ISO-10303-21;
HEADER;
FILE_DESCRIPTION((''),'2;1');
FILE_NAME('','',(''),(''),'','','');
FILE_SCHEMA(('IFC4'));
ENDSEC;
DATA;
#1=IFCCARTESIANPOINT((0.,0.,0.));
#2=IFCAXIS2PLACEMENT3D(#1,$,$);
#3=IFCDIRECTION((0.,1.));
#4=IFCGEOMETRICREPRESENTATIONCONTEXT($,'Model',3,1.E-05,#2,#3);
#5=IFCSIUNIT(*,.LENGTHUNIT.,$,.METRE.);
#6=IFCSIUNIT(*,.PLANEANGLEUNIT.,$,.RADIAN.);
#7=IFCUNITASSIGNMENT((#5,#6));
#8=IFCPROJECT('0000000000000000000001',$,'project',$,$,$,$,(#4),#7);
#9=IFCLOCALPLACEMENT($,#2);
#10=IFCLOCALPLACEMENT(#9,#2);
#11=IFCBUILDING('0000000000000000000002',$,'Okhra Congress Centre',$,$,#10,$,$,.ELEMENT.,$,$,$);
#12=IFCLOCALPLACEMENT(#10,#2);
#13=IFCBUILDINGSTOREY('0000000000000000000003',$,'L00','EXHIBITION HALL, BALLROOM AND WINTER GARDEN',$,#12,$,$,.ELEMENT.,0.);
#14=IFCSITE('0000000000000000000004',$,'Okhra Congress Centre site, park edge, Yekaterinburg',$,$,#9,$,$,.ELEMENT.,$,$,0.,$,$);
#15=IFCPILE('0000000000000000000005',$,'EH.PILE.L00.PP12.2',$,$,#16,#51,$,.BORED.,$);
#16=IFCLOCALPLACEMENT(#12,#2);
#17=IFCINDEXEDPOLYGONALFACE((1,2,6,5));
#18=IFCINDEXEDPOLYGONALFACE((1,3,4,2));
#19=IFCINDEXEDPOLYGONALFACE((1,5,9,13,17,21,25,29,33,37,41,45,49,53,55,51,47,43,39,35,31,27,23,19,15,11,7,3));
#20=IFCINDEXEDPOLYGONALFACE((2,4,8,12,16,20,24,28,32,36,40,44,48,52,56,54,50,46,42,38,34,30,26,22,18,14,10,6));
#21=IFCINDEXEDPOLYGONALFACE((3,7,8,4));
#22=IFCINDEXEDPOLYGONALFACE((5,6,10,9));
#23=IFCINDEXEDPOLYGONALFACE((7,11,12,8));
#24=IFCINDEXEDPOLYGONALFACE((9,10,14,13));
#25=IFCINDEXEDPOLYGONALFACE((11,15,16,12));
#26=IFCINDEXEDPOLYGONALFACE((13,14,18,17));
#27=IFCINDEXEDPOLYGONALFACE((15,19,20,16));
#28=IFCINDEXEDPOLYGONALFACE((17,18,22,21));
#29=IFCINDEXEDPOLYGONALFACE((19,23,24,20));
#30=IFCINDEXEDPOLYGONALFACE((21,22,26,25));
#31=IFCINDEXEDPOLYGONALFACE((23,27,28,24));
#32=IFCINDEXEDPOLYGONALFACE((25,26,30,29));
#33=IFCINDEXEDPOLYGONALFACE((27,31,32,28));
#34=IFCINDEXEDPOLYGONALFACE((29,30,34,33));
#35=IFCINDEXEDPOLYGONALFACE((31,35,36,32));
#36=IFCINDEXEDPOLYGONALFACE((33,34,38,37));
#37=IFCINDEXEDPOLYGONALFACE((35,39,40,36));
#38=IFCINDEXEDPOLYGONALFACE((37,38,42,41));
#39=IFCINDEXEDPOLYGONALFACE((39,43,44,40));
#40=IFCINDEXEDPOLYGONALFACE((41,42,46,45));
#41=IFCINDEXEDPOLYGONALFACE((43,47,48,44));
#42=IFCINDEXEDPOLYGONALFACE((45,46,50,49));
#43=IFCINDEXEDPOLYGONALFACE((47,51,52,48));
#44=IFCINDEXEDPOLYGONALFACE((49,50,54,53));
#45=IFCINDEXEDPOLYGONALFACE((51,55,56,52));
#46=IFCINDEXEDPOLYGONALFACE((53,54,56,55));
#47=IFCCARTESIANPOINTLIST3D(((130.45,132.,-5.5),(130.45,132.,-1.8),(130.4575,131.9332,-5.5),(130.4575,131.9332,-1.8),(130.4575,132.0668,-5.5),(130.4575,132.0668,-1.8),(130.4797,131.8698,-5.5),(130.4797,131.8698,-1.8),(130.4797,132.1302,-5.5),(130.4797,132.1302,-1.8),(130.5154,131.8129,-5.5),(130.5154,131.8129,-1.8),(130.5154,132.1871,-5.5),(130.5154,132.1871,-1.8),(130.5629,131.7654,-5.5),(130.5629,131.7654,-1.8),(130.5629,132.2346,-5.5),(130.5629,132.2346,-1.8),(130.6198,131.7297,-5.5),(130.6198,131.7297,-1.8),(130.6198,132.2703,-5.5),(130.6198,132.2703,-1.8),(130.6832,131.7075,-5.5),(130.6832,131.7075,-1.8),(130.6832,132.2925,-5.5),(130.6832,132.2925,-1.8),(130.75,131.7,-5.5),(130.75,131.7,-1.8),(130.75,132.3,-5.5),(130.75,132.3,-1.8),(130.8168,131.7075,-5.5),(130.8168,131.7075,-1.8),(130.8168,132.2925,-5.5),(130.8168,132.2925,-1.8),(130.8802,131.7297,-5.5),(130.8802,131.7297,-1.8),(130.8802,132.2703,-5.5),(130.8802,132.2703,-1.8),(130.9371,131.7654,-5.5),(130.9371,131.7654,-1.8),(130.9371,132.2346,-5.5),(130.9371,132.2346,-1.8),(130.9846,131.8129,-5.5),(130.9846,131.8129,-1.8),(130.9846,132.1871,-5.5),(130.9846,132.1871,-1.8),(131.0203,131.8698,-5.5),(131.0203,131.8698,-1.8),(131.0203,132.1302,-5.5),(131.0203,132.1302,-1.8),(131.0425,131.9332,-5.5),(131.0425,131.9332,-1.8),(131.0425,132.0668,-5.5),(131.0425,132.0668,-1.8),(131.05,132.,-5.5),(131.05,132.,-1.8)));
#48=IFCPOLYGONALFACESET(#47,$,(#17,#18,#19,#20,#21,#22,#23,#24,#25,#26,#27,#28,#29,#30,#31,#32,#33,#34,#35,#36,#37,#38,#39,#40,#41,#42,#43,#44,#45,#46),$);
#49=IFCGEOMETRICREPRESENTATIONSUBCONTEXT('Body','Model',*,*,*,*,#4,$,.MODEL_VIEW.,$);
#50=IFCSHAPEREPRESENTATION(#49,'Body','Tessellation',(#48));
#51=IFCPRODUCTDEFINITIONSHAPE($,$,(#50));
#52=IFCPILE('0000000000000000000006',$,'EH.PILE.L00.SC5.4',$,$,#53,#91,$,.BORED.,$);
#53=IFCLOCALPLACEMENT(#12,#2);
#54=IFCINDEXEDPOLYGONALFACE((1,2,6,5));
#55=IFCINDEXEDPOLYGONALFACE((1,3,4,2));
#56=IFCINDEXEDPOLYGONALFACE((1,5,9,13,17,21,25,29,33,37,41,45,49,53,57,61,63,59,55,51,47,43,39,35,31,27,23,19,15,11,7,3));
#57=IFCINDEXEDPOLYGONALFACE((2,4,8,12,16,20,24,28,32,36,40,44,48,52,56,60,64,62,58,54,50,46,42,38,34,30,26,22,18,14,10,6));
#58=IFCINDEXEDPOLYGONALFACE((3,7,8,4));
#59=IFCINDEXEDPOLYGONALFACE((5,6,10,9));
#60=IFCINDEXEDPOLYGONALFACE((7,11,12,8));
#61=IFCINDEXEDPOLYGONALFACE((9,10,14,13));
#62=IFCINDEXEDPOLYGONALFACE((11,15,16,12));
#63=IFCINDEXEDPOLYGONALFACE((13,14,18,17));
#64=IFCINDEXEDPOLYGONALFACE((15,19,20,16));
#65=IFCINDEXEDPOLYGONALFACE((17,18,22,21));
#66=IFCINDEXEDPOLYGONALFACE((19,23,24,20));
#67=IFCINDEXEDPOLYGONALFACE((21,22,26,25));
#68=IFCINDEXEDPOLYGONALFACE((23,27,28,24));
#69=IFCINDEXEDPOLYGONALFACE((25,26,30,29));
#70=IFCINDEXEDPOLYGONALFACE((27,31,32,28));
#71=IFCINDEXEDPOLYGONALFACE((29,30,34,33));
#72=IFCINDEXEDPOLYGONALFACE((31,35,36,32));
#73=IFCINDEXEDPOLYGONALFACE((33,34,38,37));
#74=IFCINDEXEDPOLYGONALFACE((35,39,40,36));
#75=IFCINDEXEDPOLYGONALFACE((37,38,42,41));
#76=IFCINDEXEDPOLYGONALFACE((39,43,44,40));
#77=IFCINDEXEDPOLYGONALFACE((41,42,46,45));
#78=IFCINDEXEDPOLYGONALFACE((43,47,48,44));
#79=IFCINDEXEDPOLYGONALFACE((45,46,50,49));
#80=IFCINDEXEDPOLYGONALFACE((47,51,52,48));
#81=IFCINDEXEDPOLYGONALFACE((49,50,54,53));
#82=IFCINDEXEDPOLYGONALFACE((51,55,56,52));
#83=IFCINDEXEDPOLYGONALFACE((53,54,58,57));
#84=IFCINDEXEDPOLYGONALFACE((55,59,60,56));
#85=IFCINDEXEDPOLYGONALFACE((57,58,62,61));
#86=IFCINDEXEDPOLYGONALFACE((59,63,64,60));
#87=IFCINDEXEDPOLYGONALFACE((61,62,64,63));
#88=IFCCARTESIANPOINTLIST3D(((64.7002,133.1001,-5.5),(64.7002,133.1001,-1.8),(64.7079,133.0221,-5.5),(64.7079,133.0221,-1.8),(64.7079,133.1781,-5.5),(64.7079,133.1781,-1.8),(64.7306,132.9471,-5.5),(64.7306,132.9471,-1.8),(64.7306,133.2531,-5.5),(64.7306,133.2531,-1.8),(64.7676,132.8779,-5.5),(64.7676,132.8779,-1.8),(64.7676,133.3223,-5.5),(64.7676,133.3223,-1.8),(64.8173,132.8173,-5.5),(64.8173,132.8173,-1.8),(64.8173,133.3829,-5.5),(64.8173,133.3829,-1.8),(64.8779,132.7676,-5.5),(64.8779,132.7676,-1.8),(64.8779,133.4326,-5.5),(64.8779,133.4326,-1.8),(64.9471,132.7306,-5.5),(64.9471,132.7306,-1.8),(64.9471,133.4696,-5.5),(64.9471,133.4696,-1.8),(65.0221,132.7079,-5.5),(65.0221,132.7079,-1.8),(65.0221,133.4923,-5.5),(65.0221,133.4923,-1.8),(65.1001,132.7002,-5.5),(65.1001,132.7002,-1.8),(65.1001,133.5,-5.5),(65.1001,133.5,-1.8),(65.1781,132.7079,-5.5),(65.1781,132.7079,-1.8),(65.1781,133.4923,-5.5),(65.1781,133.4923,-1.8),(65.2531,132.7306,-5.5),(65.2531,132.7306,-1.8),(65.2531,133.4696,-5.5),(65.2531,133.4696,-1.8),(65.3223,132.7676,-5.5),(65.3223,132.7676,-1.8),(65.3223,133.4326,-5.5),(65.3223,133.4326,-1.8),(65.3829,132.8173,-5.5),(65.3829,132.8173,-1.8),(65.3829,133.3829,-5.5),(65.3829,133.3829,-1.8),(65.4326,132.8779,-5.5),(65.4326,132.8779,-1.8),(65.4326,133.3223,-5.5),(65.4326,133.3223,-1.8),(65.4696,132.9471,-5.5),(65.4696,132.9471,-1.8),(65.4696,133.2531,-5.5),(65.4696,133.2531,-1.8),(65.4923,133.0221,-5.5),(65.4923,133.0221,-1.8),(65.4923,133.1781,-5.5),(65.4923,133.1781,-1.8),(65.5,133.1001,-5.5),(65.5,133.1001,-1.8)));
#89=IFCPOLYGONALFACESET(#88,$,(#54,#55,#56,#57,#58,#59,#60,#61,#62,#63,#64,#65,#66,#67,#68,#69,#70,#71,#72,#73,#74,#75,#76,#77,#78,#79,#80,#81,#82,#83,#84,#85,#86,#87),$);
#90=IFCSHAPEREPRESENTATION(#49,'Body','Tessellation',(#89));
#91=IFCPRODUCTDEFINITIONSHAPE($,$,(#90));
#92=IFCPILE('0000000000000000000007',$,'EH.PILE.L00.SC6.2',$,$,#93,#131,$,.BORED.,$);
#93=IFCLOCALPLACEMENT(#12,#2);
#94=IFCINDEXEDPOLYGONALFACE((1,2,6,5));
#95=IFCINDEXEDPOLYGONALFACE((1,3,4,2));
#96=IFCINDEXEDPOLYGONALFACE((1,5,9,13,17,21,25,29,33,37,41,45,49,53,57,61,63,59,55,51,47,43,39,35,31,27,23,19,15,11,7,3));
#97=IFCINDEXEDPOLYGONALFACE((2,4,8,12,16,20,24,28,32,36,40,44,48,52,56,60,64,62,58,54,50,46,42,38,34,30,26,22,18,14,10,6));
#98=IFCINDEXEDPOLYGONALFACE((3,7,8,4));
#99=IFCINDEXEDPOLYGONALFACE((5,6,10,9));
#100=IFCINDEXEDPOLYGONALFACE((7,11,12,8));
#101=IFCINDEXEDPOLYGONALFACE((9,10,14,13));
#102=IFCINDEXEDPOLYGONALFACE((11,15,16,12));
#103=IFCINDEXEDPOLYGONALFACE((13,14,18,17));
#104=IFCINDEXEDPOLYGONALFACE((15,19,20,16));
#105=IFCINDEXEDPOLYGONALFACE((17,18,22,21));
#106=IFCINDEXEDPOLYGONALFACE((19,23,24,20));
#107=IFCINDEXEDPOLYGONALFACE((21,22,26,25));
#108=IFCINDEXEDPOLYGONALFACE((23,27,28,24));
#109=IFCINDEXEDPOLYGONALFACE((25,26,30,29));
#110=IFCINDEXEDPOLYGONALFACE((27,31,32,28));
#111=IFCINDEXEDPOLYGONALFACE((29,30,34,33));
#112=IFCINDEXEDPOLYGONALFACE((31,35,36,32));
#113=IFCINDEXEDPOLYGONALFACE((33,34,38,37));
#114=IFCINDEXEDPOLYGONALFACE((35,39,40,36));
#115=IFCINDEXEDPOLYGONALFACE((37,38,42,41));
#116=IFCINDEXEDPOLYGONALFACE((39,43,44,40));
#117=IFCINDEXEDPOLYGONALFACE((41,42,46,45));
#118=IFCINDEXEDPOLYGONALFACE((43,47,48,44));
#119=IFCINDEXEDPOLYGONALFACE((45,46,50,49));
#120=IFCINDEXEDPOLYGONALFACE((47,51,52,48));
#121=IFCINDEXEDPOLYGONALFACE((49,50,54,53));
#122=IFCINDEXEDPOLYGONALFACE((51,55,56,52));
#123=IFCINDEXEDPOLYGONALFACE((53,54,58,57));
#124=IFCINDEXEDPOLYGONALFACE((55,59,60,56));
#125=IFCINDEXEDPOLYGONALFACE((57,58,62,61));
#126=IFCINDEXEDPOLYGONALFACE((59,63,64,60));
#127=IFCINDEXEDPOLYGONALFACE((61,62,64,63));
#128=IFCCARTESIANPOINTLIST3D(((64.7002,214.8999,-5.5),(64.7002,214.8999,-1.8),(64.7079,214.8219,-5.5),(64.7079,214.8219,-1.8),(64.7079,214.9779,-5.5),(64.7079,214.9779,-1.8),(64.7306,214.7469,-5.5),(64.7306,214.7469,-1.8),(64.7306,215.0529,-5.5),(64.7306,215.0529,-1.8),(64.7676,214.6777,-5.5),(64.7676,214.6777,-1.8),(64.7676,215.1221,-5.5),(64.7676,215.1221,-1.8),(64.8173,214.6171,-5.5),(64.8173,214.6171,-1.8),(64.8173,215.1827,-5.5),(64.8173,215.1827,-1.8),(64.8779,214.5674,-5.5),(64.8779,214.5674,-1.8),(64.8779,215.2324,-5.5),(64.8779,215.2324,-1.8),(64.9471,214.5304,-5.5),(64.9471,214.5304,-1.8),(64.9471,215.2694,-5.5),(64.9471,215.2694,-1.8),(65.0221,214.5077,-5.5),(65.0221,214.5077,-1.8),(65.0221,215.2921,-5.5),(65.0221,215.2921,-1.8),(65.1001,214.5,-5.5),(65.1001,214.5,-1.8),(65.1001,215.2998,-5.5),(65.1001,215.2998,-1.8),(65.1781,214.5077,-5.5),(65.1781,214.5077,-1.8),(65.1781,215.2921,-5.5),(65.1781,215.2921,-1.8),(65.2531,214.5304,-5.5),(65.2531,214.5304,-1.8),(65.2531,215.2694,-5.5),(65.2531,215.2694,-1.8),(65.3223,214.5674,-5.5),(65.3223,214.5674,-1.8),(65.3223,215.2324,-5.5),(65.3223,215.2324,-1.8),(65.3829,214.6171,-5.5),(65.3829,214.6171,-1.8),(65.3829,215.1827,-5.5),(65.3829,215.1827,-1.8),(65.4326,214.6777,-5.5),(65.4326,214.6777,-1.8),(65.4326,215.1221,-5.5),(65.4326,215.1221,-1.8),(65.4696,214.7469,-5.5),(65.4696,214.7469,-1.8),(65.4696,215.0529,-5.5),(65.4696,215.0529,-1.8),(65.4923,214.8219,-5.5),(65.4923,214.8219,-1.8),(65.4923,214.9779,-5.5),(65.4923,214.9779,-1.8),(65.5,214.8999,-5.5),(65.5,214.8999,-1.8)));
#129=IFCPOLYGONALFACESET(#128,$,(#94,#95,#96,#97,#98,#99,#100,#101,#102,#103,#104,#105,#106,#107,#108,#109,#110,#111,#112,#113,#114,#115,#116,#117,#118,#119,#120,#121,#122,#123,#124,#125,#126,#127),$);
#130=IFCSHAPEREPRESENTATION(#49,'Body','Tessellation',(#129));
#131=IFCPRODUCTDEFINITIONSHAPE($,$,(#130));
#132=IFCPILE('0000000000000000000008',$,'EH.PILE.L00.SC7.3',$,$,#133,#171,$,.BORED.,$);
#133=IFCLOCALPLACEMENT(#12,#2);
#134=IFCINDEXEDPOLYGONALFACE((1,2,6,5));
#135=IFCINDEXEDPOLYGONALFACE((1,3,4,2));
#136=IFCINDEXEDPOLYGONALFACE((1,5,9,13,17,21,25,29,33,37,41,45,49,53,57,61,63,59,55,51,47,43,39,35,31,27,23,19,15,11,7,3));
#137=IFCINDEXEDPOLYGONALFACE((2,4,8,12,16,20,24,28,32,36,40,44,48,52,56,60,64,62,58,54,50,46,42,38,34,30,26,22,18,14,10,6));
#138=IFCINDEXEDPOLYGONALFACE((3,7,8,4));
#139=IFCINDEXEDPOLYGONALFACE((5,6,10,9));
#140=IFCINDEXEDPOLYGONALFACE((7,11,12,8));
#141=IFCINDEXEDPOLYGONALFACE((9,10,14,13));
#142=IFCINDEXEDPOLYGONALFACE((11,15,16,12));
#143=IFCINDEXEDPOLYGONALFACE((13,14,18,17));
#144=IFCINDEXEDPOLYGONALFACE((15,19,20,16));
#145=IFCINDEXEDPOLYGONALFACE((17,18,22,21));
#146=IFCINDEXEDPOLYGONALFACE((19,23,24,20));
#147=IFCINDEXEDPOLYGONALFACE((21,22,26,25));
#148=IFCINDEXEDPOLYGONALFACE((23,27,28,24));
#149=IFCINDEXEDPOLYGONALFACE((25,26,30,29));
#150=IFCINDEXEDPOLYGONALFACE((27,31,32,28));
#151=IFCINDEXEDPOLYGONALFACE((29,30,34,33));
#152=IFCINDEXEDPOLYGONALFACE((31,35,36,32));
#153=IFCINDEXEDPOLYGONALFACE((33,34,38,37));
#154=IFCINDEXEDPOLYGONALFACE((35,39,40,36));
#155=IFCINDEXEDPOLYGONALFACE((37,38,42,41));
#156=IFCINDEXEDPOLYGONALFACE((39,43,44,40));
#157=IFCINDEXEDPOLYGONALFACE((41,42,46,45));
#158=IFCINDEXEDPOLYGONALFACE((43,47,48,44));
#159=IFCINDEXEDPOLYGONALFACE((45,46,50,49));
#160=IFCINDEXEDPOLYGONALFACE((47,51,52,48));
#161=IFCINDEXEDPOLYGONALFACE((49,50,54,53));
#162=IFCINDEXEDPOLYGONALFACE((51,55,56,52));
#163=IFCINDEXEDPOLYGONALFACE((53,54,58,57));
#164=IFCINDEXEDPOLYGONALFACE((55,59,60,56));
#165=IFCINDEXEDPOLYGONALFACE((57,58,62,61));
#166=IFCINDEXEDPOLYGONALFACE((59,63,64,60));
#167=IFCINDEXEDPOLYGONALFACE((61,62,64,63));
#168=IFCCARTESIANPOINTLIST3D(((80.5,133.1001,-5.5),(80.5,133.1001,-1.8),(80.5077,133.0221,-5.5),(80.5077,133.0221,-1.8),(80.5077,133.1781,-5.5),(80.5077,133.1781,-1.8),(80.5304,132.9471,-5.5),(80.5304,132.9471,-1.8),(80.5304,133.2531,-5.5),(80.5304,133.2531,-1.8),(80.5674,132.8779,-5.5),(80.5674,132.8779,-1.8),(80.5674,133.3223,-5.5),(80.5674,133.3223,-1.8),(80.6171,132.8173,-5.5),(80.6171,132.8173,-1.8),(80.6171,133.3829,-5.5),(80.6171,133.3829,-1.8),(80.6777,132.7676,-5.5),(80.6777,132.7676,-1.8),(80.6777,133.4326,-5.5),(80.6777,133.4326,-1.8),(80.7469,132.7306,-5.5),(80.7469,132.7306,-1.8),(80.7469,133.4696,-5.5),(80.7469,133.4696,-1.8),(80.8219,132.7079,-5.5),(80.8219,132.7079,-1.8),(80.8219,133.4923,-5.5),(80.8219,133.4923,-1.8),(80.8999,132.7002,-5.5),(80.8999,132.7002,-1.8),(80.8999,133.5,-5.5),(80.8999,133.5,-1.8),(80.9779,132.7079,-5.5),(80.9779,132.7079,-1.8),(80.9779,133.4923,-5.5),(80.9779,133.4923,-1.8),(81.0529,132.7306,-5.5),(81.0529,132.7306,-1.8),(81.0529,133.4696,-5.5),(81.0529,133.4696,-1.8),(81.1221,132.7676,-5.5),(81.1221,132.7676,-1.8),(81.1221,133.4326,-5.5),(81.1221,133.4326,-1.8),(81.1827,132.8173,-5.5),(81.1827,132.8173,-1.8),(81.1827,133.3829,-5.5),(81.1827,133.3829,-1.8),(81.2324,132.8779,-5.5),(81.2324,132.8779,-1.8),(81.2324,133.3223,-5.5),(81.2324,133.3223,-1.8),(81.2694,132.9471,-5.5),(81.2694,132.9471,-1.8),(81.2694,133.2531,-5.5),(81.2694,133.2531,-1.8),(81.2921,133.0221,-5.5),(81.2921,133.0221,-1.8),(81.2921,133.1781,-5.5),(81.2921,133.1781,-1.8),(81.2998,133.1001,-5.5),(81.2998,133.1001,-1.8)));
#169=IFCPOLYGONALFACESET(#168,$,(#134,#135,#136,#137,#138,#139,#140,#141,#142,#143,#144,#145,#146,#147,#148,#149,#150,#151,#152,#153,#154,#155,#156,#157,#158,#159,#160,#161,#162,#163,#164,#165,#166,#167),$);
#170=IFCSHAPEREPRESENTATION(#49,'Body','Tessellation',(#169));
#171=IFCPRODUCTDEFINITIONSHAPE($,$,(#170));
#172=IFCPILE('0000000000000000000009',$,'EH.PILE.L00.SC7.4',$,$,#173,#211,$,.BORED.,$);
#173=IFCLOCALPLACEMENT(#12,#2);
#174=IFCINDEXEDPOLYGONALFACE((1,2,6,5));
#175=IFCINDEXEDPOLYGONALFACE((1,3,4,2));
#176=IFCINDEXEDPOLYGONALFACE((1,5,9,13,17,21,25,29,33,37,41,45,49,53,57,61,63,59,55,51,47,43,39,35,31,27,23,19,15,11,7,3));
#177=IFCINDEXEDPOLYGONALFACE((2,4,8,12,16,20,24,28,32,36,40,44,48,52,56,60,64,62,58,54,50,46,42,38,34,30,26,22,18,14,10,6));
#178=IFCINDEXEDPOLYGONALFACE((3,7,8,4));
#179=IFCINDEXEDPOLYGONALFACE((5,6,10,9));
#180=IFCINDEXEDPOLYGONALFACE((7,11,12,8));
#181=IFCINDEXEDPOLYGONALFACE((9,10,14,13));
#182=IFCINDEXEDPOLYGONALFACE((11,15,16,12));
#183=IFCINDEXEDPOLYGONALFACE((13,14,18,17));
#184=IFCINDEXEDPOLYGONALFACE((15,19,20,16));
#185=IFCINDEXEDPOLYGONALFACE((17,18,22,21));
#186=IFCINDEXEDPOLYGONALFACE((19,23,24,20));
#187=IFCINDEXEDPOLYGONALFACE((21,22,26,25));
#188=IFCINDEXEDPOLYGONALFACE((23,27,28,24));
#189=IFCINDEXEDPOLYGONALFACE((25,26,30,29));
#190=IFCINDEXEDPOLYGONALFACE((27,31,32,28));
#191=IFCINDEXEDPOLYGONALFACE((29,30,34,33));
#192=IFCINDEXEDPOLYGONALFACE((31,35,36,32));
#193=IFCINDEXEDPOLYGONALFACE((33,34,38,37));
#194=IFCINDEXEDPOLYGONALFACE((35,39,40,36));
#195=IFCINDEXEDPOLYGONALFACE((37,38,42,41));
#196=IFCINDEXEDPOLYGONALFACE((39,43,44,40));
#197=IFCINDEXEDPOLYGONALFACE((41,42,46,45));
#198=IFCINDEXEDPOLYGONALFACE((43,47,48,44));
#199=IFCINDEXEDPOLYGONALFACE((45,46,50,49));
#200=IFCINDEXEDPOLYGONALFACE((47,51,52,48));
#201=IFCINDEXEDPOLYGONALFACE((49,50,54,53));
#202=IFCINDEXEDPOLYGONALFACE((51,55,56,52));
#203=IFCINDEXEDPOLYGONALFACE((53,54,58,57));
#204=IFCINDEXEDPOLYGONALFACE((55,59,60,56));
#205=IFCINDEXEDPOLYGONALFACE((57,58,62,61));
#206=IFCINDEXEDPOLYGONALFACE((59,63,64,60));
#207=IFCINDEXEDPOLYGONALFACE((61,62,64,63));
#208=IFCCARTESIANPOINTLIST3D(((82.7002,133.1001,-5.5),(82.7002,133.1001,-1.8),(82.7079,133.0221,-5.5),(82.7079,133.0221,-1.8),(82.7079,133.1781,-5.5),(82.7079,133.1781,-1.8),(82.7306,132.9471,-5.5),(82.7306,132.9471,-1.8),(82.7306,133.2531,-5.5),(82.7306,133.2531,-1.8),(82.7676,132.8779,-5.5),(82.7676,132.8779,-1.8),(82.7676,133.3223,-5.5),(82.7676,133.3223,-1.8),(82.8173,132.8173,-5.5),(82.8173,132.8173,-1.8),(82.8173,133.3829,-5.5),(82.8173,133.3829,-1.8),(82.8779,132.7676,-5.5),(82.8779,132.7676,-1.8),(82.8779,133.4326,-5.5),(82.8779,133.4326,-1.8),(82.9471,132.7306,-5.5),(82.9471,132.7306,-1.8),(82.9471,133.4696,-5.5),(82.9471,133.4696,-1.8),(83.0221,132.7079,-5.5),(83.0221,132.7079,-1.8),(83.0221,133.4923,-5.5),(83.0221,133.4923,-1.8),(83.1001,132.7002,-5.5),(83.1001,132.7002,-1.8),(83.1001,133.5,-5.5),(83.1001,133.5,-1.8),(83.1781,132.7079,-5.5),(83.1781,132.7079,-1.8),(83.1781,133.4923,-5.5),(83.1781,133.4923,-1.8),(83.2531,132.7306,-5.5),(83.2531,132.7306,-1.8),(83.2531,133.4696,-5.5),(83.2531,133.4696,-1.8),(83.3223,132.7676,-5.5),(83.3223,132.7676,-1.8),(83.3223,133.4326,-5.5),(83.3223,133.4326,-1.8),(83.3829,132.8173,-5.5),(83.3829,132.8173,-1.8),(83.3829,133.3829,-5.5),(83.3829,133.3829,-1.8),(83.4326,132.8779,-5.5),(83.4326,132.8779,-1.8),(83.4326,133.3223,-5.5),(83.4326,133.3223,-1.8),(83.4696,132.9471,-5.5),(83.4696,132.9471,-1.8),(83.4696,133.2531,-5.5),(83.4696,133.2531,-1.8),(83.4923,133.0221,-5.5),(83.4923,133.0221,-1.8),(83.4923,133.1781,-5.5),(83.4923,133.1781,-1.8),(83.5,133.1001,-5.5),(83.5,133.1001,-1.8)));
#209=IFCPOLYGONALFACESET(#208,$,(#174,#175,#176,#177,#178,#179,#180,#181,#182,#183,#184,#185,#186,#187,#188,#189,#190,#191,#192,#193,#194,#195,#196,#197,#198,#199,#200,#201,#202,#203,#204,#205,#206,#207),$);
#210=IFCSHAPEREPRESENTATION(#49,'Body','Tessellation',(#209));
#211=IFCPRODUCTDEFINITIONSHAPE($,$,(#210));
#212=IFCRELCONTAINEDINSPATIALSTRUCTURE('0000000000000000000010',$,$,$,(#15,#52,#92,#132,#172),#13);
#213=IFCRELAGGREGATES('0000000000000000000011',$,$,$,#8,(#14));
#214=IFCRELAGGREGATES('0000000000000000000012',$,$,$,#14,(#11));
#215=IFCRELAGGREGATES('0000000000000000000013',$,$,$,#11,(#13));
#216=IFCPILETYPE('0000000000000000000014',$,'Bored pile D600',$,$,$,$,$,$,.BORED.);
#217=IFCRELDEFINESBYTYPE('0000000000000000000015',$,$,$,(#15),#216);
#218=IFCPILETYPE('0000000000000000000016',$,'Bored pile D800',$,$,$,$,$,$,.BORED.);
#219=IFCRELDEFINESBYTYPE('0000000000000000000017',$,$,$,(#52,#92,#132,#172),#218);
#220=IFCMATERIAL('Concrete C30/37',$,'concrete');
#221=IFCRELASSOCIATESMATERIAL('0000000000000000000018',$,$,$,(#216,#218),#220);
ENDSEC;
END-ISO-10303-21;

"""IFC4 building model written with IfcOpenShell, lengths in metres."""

from ifc_helpers import new_model, si_unit, direction, frame, origin, origin_2d, place, context, subcontext, project, spatial, circle, extrude, material, material_profile, profile_set, type_object, element, save


model = new_model("IFC4")

# Units and contexts
model_context = context("Model", 3, precision=1e-05, world=origin(), true_north=direction((0.0, 1.0)))
body_context = subcontext(model_context, "Body", "Model", "MODEL_VIEW")
ifc_project = project(units=[si_unit("LENGTHUNIT", "METRE"), si_unit("PLANEANGLEUNIT", "RADIAN")], contexts=[model_context])

# Site, building, storey
site_placement = place(None, origin())
site = spatial("IfcSite", under=ifc_project, at=site_placement, Name="Okhra Congress Centre site, park edge, Yekaterinburg", CompositionType="ELEMENT", RefElevation=0.0)
building_placement = place(site_placement, origin())
building = spatial("IfcBuilding", under=site, at=building_placement, Name="Okhra Congress Centre", CompositionType="ELEMENT")
storey_placement = place(building_placement, origin())
storey = spatial("IfcBuildingStorey", under=building, at=storey_placement, Name="L00", Description="EXHIBITION HALL, BALLROOM AND WINTER GARDEN", CompositionType="ELEMENT", Elevation=0.0)

# Piles
ifc_material_1 = material(Name="Concrete C30/37", Category="concrete")
ifc_material_profile_1 = material_profile(ifc_material_1, circle(Radius=0.3, at=origin_2d()), Name="D600")
ifc_profile_set_1 = profile_set([ifc_material_profile_1], Name="Concrete C30/37")
pile_type_1 = type_object("IfcPileType", Name="Bored pile D600", PredefinedType="BORED", material=ifc_profile_set_1)
pile_placement = place(storey_placement, frame((130.75, 132.0, -1.8), z_axis=(0.0, 0.0, -1.0), x_axis=(1.0, 0.0, 0.0)))
element("IfcPile", 1, at=pile_placement, inside=storey, type_object=pile_type_1, Name="EH.PILE.L00.PP12.2", PredefinedType="BORED", context=body_context, shape_type="SweptSolid", body=[
    extrude(circle(Radius=0.3, at=origin_2d()), origin(), (0.0, 0.0, 1.0), 3.7),
])
ifc_material_profile_2 = material_profile(ifc_material_1, circle(Radius=0.3999, at=origin_2d()), Name="D800")
ifc_profile_set_2 = profile_set([ifc_material_profile_2], Name="Concrete C30/37")
pile_type_2 = type_object("IfcPileType", Name="Bored pile D800", PredefinedType="BORED", material=ifc_profile_set_2)
for number, where, z_axis, x_axis, name in (
    (2, (65.1001, 133.1001, -1.8), (0.0, 0.0, -1.0), (1.0, 0.0, 0.0), "EH.PILE.L00.SC5.4"),
    (3, (65.1001, 214.8999, -1.8), (0.0, 0.0, -1.0), (1.0, 0.0, 0.0), "EH.PILE.L00.SC6.2"),
    (4, (80.8999, 133.1001, -1.8), (0.0, 0.0, -1.0), (1.0, 0.0, 0.0), "EH.PILE.L00.SC7.3"),
    (5, (83.1001, 133.1001, -1.8), (0.0, 0.0, -1.0), (1.0, 0.0, 0.0), "EH.PILE.L00.SC7.4"),
):
    element("IfcPile", number, at=place(storey_placement, frame(where, z_axis=z_axis, x_axis=x_axis)), inside=storey, type_object=pile_type_2, Name=name, PredefinedType="BORED", context=body_context, shape_type="SweptSolid", body=[
        extrude(circle(Radius=0.3999, at=origin_2d()), origin(), (0.0, 0.0, 1.0), 3.7),
    ])

save(model, "model.ifc")
